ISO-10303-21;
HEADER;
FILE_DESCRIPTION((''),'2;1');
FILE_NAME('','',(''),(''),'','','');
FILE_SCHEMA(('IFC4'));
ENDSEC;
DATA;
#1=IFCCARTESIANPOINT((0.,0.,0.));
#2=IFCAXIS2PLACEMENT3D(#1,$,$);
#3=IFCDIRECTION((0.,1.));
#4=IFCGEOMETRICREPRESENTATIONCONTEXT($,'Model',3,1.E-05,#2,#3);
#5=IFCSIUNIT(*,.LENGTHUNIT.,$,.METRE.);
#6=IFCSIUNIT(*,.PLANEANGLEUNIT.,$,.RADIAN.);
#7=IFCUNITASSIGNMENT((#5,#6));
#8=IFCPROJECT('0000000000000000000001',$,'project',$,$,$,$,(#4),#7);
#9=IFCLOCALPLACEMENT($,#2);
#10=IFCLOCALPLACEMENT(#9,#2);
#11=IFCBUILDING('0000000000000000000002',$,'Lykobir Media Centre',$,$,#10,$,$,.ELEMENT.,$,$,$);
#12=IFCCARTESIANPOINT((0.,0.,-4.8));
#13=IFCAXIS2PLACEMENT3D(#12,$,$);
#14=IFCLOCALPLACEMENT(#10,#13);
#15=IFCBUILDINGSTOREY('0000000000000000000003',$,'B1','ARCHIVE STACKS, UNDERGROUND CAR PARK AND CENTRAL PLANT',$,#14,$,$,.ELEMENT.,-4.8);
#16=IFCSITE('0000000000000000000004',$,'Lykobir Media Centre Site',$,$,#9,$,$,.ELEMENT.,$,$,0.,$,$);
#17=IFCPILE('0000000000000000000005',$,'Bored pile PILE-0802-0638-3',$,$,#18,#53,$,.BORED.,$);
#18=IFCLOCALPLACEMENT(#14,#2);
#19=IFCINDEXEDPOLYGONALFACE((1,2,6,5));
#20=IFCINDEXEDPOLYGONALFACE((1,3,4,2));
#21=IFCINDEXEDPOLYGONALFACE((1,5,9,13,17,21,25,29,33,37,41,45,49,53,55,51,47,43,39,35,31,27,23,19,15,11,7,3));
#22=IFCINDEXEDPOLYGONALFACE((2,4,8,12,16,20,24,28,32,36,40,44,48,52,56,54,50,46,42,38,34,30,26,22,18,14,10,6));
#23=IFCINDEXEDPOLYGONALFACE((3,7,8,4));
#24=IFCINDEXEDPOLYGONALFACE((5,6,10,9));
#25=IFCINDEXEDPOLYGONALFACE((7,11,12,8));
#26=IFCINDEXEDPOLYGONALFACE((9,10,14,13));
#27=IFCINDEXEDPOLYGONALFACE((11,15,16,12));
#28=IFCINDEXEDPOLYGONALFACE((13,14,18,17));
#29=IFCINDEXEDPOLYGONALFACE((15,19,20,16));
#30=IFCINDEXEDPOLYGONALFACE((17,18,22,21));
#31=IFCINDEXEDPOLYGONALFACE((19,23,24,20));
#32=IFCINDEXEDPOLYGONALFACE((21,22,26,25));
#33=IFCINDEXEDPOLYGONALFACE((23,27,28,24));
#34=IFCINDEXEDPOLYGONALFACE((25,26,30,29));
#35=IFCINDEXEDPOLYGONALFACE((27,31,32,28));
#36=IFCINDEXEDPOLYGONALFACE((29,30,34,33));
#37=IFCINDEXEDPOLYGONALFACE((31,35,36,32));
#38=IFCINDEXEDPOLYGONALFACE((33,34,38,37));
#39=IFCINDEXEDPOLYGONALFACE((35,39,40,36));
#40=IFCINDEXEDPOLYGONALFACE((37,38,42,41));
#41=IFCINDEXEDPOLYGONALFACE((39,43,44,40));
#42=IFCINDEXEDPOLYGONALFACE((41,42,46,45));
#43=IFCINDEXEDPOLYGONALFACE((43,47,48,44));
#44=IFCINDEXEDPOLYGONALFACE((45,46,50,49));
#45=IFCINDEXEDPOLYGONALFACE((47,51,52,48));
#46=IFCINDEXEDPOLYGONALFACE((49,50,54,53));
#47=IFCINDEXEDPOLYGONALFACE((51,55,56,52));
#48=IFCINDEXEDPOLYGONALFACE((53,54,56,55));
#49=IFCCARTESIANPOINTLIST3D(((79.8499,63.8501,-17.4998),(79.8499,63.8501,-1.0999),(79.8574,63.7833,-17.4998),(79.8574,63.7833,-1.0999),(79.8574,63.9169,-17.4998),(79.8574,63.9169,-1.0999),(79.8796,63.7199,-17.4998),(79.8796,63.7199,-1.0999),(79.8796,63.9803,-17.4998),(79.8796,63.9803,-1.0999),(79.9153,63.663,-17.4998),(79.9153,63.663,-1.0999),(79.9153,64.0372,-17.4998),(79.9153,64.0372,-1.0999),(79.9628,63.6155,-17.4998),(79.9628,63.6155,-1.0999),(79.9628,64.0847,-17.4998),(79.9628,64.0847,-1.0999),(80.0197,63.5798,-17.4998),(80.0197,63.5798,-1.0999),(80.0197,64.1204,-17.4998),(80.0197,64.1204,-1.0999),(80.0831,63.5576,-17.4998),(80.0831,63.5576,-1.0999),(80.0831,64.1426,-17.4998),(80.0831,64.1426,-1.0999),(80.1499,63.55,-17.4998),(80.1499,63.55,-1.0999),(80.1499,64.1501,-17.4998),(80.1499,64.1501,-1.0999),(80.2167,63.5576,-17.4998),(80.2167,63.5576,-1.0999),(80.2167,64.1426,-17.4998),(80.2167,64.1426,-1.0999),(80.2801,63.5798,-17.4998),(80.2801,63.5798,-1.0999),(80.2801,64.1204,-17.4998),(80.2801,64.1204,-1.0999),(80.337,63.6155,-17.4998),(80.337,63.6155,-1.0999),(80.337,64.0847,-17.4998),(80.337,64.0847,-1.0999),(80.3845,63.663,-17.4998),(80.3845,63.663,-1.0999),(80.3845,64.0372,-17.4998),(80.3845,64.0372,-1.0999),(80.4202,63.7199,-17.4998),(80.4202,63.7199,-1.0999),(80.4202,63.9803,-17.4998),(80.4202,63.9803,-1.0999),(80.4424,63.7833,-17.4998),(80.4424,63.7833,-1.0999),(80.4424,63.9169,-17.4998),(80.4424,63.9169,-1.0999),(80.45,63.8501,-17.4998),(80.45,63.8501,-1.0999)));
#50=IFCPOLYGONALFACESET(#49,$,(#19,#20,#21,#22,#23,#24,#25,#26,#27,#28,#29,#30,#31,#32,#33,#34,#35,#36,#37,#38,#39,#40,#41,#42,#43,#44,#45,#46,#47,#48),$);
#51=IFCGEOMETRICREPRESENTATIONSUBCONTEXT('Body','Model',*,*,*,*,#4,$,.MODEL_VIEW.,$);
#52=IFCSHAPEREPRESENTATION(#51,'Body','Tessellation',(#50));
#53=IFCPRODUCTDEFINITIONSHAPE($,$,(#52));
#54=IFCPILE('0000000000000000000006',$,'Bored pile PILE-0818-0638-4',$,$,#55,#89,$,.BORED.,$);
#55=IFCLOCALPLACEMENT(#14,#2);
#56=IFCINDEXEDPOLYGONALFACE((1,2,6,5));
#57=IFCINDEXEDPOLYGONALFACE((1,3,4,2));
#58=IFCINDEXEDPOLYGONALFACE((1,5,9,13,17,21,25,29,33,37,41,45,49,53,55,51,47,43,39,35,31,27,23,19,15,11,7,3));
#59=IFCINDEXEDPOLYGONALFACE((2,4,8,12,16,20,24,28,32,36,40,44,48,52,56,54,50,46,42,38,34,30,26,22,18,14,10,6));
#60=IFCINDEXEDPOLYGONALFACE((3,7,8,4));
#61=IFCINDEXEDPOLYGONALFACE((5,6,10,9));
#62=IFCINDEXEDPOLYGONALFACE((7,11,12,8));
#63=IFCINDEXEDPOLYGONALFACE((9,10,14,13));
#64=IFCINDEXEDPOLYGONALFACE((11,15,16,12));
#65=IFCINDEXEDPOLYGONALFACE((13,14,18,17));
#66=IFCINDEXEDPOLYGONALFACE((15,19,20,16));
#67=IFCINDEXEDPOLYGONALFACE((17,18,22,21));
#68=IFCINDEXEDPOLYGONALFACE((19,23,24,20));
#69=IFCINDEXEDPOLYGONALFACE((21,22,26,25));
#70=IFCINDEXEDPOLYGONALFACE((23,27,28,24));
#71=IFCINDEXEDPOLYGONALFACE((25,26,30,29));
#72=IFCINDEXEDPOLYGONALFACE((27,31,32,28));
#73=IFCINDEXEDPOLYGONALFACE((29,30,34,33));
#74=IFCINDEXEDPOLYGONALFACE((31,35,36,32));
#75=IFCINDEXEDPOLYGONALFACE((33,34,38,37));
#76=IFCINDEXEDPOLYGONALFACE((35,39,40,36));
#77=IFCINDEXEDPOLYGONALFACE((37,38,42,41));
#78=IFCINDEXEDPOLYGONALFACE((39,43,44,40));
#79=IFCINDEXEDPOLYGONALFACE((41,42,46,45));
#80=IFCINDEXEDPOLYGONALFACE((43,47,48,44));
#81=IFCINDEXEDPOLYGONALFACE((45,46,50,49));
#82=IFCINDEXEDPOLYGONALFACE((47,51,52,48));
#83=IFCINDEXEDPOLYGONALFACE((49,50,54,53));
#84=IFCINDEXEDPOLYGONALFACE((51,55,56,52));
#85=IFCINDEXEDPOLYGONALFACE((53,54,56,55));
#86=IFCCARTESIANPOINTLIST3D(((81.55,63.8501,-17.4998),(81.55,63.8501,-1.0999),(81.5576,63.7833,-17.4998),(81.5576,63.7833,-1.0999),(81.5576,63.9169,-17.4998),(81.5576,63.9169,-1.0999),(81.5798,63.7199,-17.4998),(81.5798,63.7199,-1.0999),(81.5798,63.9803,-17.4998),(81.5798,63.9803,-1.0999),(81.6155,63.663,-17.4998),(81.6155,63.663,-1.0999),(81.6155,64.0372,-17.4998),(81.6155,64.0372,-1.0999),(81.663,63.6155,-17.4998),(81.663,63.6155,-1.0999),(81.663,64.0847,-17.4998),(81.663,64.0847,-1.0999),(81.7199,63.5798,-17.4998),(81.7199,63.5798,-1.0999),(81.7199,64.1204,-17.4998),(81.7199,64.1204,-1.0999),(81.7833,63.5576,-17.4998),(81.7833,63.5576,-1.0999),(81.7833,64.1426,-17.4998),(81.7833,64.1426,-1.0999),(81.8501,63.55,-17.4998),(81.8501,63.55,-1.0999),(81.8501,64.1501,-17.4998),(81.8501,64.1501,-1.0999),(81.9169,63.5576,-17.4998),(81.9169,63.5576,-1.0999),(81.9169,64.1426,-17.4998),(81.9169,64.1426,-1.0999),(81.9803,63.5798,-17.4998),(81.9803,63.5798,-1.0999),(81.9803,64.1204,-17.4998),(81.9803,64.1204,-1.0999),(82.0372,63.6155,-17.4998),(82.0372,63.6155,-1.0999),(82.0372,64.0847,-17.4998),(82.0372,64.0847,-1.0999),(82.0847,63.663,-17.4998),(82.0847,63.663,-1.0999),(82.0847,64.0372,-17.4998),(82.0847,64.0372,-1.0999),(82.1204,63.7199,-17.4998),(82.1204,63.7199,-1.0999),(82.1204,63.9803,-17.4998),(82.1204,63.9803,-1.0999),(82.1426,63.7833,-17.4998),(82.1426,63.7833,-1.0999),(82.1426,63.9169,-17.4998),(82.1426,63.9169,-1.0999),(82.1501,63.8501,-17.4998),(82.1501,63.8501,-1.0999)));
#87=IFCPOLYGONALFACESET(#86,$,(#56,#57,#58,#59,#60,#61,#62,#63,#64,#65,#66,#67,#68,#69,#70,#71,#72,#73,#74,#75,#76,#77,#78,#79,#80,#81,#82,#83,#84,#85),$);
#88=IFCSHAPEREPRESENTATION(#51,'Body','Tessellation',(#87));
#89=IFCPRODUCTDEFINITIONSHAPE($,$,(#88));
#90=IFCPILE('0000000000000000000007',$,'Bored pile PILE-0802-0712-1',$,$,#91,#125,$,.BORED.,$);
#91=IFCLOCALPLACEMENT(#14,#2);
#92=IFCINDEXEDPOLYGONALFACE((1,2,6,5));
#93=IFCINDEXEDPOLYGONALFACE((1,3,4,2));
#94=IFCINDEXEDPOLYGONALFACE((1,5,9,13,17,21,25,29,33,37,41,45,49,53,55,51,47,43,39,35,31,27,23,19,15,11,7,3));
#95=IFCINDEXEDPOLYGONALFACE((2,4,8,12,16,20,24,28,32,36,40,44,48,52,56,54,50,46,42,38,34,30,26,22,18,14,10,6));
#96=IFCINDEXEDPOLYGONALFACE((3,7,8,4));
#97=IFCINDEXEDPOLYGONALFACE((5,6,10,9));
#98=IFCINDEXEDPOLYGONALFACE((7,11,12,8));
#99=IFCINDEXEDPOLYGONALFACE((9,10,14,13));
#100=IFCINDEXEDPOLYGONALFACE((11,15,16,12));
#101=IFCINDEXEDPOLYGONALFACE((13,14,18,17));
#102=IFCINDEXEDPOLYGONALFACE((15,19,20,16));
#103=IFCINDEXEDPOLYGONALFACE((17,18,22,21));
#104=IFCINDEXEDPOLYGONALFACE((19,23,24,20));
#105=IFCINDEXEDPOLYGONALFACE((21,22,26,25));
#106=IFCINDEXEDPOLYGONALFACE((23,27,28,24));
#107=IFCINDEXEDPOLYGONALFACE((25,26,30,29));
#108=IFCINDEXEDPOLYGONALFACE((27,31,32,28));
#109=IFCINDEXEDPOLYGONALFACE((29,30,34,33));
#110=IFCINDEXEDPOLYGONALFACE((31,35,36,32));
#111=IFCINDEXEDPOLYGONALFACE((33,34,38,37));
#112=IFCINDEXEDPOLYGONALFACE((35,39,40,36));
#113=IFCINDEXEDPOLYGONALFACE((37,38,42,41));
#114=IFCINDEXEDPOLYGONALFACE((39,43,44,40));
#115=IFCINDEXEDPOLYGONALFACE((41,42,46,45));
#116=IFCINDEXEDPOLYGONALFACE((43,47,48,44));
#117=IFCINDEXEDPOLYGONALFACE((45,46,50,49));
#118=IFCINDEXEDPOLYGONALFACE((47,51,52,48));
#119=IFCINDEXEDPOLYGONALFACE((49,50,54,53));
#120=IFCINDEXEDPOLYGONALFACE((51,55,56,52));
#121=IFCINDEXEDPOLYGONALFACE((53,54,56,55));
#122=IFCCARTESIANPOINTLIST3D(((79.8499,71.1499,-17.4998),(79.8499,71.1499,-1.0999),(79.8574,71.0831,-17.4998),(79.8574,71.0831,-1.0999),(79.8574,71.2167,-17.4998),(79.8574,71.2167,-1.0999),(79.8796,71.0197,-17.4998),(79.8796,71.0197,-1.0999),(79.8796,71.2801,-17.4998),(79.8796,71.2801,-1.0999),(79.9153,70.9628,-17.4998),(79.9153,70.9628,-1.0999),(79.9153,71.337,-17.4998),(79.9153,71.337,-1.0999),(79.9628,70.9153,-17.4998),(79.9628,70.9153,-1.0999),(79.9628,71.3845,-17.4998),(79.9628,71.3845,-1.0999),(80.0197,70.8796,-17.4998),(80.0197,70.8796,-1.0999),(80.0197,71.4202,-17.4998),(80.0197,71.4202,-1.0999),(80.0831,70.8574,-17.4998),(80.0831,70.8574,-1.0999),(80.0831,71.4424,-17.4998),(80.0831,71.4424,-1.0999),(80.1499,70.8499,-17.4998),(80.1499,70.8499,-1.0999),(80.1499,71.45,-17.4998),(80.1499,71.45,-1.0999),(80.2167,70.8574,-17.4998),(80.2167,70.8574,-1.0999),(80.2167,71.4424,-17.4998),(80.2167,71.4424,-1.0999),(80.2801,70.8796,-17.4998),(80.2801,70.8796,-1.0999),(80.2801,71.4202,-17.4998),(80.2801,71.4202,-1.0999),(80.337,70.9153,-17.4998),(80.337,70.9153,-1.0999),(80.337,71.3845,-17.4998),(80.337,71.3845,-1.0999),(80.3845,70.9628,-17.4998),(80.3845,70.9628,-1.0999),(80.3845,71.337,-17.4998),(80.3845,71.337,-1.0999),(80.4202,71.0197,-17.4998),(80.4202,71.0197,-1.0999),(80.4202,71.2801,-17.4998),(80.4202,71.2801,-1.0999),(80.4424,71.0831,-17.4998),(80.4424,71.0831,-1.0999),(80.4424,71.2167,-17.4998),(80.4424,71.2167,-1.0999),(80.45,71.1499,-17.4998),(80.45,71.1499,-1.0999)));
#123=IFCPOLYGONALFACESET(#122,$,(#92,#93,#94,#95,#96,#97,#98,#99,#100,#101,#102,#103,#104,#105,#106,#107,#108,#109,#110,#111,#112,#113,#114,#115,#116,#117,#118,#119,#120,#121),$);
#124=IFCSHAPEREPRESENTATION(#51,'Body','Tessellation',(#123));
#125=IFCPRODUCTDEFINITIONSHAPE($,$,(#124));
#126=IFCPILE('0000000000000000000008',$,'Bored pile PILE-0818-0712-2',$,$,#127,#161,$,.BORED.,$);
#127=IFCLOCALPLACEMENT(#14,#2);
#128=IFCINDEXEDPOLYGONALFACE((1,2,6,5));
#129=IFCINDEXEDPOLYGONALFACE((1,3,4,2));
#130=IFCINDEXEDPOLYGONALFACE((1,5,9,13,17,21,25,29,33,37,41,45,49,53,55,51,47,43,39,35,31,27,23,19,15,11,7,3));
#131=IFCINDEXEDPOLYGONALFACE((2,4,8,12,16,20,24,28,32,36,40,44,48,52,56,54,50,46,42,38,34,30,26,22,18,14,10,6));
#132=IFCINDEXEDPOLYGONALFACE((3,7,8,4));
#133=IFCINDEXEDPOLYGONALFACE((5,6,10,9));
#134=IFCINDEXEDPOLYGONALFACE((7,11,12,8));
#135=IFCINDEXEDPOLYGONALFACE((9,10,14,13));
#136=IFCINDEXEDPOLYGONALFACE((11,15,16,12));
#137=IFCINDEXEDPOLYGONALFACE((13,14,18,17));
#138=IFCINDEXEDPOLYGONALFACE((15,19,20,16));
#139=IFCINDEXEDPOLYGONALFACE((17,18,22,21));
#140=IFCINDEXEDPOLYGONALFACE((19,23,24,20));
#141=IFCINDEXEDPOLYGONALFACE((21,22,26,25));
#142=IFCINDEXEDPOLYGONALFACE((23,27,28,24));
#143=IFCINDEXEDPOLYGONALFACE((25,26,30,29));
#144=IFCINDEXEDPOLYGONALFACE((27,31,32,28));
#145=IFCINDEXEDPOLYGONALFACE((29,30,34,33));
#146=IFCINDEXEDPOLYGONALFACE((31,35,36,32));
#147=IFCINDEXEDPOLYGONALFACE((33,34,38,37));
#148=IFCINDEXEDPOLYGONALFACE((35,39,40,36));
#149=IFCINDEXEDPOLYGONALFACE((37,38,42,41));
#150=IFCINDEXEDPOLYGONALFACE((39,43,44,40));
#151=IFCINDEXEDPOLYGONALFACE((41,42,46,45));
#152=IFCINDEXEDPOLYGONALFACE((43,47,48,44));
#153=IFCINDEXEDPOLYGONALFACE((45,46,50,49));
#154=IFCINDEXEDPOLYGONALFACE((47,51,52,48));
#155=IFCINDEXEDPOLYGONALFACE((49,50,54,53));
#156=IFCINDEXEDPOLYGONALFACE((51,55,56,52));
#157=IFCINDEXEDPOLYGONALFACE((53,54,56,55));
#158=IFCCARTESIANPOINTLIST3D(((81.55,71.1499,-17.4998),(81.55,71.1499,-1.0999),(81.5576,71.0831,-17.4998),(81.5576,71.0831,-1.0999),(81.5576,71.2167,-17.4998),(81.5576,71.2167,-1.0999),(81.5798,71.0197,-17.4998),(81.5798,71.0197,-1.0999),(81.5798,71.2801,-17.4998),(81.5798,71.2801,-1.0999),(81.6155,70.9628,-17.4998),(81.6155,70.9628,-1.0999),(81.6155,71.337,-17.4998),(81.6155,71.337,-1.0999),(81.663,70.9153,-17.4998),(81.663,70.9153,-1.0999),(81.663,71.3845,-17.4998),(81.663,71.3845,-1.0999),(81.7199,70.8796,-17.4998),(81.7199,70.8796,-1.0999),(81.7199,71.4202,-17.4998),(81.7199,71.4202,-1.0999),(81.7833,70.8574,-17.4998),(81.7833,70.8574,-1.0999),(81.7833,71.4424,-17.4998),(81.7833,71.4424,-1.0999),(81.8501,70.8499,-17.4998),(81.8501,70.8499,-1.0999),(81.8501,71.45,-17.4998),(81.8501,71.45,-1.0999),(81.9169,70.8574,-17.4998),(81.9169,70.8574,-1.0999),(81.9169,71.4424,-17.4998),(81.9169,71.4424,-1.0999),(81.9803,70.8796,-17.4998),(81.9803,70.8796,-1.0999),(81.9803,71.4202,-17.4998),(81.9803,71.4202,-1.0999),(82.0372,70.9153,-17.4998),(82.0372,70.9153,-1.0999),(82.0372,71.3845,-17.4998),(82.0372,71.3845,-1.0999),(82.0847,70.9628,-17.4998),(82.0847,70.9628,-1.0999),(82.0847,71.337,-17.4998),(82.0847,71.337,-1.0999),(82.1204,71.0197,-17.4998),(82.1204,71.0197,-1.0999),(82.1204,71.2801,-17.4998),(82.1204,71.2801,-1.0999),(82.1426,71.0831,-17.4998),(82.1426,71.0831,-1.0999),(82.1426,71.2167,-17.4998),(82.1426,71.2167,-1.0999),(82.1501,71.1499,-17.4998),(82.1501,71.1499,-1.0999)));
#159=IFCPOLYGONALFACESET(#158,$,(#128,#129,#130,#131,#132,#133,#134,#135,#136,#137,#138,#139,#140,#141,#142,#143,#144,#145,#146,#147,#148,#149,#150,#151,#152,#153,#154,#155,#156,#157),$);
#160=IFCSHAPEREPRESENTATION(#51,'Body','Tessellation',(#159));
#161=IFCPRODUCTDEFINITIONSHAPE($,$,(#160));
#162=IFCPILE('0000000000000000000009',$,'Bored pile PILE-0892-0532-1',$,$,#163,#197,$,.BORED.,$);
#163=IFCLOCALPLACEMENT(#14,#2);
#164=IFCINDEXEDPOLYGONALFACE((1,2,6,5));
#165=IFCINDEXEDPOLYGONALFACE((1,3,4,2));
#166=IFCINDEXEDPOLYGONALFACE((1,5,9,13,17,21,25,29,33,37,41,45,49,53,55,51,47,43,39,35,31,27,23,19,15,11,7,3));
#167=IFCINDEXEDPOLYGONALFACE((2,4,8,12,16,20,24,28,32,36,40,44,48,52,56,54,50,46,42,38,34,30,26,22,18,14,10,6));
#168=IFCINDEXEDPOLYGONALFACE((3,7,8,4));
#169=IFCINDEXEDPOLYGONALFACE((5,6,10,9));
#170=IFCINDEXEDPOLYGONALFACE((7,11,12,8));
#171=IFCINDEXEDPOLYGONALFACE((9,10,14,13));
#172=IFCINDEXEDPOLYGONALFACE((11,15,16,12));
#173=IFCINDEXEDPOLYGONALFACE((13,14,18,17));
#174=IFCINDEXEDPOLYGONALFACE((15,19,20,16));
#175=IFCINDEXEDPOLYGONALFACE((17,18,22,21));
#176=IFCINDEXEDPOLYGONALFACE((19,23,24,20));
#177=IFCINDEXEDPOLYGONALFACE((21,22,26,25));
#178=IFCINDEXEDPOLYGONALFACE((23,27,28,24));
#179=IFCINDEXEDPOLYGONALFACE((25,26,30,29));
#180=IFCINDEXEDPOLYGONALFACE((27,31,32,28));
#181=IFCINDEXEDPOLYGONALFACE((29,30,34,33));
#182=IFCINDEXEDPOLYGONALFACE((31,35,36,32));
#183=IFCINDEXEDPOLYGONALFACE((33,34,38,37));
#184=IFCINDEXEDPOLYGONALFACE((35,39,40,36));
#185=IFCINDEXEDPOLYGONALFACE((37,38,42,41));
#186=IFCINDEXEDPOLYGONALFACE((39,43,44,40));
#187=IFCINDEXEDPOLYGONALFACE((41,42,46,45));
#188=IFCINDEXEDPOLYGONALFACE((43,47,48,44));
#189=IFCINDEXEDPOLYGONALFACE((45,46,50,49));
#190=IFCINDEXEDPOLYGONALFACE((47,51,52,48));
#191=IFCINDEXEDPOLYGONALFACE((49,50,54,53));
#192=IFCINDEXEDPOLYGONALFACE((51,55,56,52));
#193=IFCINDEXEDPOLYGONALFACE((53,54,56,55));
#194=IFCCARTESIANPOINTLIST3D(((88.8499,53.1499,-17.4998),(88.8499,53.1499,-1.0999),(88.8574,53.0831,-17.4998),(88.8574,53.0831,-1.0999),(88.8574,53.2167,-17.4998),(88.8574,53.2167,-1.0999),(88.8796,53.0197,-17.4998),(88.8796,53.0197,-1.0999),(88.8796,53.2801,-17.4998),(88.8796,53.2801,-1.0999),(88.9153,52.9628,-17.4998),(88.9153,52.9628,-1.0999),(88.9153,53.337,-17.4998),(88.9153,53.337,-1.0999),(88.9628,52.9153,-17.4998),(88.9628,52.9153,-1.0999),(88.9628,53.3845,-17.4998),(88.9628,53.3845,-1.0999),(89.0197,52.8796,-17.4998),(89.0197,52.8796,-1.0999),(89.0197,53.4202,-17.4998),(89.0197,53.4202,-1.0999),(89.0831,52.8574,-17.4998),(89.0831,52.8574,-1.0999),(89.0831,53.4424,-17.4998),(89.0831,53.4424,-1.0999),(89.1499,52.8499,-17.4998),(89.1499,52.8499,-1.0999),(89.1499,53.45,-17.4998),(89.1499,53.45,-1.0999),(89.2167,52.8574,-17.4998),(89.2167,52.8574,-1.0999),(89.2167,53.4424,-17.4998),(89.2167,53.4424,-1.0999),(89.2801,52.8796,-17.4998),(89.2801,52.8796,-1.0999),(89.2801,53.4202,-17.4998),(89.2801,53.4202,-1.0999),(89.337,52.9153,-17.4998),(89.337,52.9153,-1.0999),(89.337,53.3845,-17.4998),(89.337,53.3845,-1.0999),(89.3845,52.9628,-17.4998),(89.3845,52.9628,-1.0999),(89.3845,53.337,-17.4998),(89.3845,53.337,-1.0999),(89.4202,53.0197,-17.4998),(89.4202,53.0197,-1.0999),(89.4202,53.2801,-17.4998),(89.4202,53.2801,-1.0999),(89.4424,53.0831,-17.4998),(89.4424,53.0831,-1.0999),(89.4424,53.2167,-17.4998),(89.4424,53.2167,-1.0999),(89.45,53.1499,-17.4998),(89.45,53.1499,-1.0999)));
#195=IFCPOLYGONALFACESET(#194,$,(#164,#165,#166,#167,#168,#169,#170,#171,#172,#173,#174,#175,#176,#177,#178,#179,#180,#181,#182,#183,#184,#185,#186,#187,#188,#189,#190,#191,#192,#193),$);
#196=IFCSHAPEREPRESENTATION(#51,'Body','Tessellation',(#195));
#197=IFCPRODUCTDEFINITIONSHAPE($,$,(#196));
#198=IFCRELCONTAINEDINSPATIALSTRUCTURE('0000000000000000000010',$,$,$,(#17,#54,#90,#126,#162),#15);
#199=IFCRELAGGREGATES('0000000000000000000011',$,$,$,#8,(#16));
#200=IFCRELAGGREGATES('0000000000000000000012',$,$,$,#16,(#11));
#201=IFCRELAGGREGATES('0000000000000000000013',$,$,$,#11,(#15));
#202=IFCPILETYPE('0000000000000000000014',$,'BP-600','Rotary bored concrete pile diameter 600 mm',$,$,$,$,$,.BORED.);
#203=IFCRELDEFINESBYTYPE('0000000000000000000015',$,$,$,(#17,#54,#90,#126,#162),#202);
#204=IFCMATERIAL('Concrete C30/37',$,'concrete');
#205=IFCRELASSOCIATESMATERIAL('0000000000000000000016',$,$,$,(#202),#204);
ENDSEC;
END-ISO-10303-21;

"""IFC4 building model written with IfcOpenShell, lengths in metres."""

from ifc_helpers import new_model, si_unit, direction, frame, origin, origin_2d, place, context, subcontext, project, spatial, circle, extrude, material, material_profile, profile_set, type_object, element, save


model = new_model("IFC4")

# Units and contexts
model_context = context("Model", 3, precision=1e-05, world=origin(), true_north=direction((0.0, 1.0)))
body_context = subcontext(model_context, "Body", "Model", "MODEL_VIEW")
ifc_project = project(units=[si_unit("LENGTHUNIT", "METRE"), si_unit("PLANEANGLEUNIT", "RADIAN")], contexts=[model_context])

# Site, building, storey
site_placement = place(None, origin())
site = spatial("IfcSite", under=ifc_project, at=site_placement, Name="Lykobir Media Centre Site", CompositionType="ELEMENT", RefElevation=0.0)
building_placement = place(site_placement, origin())
building = spatial("IfcBuilding", under=site, at=building_placement, Name="Lykobir Media Centre", CompositionType="ELEMENT")
storey_placement = place(building_placement, frame((0.0, 0.0, -4.8)))
storey = spatial("IfcBuildingStorey", under=building, at=storey_placement, Name="B1", Description="ARCHIVE STACKS, UNDERGROUND CAR PARK AND CENTRAL PLANT", CompositionType="ELEMENT", Elevation=-4.8)

# Piles
ifc_material_1 = material(Name="Concrete C30/37", Category="concrete")
ifc_material_profile_1 = material_profile(ifc_material_1, circle(Radius=0.3, at=origin_2d()), Name="BORED PILE D600")
ifc_profile_set_1 = profile_set([ifc_material_profile_1], Name="Concrete C30/37")
pile_type = type_object("IfcPileType", Name="BP-600", Description="Rotary bored concrete pile diameter 600 mm", PredefinedType="BORED", material=ifc_profile_set_1)
for number, where, z_axis, x_axis, name in (
    (1, (80.1499, 63.8501, -1.0999), (0.0, 0.0, -1.0), (1.0, 0.0, 0.0), "Bored pile PILE-0802-0638-3"),
    (2, (81.8501, 63.8501, -1.0999), (0.0, 0.0, -1.0), (1.0, 0.0, 0.0), "Bored pile PILE-0818-0638-4"),
    (3, (80.1499, 71.1499, -1.0999), (0.0, 0.0, -1.0), (1.0, 0.0, 0.0), "Bored pile PILE-0802-0712-1"),
    (4, (81.8501, 71.1499, -1.0999), (0.0, 0.0, -1.0), (1.0, 0.0, 0.0), "Bored pile PILE-0818-0712-2"),
    (5, (89.1499, 53.1499, -1.0999), (0.0, 0.0, -1.0), (1.0, 0.0, 0.0), "Bored pile PILE-0892-0532-1"),
):
    element("IfcPile", number, at=place(storey_placement, frame(where, z_axis=z_axis, x_axis=x_axis)), inside=storey, type_object=pile_type, Name=name, PredefinedType="BORED", context=body_context, shape_type="SweptSolid", body=[
        extrude(circle(Radius=0.3, at=origin_2d()), origin(), (0.0, 0.0, 1.0), 16.3999),
    ])

save(model, "model.ifc")
